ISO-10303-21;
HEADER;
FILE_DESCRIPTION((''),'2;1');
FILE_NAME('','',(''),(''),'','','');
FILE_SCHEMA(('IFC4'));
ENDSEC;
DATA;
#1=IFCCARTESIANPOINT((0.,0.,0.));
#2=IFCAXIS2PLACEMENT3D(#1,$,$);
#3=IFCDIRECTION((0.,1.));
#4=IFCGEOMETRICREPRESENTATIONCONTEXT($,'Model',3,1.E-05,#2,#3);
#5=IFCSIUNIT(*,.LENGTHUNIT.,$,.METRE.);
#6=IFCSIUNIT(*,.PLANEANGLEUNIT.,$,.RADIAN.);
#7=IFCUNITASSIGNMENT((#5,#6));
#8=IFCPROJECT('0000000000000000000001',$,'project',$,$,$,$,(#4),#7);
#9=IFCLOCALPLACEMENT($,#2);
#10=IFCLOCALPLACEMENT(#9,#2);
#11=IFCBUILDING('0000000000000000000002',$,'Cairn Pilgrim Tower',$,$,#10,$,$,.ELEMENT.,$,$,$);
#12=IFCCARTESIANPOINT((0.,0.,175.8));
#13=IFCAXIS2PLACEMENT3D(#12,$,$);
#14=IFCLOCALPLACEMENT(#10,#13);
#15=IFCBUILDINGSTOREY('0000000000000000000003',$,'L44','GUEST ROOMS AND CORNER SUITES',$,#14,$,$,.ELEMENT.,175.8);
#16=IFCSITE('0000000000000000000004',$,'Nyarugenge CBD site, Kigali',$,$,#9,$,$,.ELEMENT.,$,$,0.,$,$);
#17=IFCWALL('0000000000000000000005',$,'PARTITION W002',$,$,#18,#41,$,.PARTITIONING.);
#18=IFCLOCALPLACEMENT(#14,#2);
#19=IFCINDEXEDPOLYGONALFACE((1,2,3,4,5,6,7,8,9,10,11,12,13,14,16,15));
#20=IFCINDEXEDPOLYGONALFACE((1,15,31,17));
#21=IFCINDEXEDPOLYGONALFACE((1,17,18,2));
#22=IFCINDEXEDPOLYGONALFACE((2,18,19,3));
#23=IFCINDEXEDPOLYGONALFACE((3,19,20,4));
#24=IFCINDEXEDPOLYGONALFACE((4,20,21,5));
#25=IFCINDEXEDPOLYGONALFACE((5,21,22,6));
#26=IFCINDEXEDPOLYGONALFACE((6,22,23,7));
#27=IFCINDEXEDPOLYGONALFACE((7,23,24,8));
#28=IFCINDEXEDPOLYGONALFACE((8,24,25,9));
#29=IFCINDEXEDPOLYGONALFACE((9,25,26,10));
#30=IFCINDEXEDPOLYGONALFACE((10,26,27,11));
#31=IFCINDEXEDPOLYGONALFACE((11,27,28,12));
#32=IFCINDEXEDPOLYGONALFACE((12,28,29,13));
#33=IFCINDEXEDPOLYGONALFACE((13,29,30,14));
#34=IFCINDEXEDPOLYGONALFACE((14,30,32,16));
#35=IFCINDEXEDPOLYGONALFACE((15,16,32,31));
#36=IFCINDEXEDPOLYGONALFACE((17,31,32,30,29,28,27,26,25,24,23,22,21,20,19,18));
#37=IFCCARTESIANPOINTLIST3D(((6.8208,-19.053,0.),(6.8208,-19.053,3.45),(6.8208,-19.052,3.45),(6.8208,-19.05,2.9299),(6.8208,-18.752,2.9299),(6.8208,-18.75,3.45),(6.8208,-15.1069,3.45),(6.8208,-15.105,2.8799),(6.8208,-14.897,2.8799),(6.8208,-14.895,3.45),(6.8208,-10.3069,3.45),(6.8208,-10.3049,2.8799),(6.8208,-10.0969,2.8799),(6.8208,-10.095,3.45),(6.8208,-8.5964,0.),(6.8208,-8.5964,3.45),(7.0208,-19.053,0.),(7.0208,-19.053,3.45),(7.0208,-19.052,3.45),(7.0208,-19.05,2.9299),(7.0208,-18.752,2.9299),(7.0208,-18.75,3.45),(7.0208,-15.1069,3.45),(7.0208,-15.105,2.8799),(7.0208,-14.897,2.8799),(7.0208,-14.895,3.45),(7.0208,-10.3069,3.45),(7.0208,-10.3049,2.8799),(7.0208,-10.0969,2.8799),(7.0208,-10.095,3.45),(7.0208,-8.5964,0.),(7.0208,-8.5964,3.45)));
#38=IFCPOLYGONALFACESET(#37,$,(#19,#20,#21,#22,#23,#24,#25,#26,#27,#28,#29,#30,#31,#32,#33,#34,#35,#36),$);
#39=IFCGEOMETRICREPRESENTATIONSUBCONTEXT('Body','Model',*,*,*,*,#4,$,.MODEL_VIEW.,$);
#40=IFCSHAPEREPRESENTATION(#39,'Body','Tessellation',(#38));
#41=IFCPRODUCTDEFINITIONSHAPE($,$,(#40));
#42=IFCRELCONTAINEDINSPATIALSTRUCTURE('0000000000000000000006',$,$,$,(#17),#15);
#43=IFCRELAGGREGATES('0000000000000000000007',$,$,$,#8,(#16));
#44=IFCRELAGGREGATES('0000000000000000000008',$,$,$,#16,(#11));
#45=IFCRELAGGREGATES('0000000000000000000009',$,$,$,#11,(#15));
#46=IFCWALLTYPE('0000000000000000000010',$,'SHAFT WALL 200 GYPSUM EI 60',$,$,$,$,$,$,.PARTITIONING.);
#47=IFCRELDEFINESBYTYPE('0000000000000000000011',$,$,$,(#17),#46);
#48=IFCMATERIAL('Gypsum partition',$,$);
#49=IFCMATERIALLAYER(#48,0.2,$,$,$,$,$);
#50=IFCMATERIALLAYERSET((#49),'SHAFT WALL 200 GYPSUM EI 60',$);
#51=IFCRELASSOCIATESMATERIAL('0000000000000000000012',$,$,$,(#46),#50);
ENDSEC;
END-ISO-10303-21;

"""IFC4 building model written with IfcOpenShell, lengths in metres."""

from ifc_helpers import new_model, si_unit, direction, frame, origin, place, context, subcontext, project, spatial, polyline, outline, extrude, material, layer, layer_set, type_object, element, save


model = new_model("IFC4")

# Units and contexts
model_context = context("Model", 3, precision=1e-05, world=origin(), true_north=direction((0.0, 1.0)))
body_context = subcontext(model_context, "Body", "Model", "MODEL_VIEW")
ifc_project = project(units=[si_unit("LENGTHUNIT", "METRE"), si_unit("PLANEANGLEUNIT", "RADIAN")], contexts=[model_context])

# Site, building, storey
site_placement = place(None, origin())
site = spatial("IfcSite", under=ifc_project, at=site_placement, Name="Nyarugenge CBD site, Kigali", CompositionType="ELEMENT", RefElevation=0.0)
building_placement = place(site_placement, origin())
building = spatial("IfcBuilding", under=site, at=building_placement, Name="Cairn Pilgrim Tower", CompositionType="ELEMENT")
storey_placement = place(building_placement, frame((0.0, 0.0, 175.8)))
storey = spatial("IfcBuildingStorey", under=building, at=storey_placement, Name="L44", Description="GUEST ROOMS AND CORNER SUITES", CompositionType="ELEMENT", Elevation=175.8)

# Shared definitions
ifc_material_1 = material(Name="Gypsum partition")

# Wall
ifc_layer_1 = layer(ifc_material_1, 0.2)
ifc_layer_set_1 = layer_set([ifc_layer_1], Name="SHAFT WALL 200 GYPSUM EI 60")
wall_type_1 = type_object("IfcWallType", Name="SHAFT WALL 200 GYPSUM EI 60", PredefinedType="PARTITIONING", material=ifc_layer_set_1)
wall_1_placement = place(storey_placement, frame((6.9209, -19.053, 0.0), z_axis=(0.0, 0.0, 1.0), x_axis=(0.0, 1.0, 0.0)))
element("IfcWall", 1, at=wall_1_placement, inside=storey, type_object=wall_type_1, Name="PARTITION W002", PredefinedType="PARTITIONING", context=body_context, shape_type="SweptSolid", body=[
    extrude(outline(polyline([(0.0, 0.0), (10.4565, 0.0), (10.4565, 3.45), (8.958, 3.45), (8.9561, 2.8799), (8.748, 2.8799), (8.7461, 3.45), (4.158, 3.45), (4.156, 2.8799), (3.948, 2.8799), (3.946, 3.45), (0.303, 3.45), (0.301, 2.9299), (0.0029, 2.9299), (0.001, 3.45), (0.0, 3.45), (0.0, 0.0)])), frame((0.0, 0.1001, 0.0), z_axis=(0.0, -1.0, 0.0), x_axis=(1.0, 0.0, 0.0)), (0.0, 0.0, 1.0), 0.2),
])

save(model, "model.ifc")
